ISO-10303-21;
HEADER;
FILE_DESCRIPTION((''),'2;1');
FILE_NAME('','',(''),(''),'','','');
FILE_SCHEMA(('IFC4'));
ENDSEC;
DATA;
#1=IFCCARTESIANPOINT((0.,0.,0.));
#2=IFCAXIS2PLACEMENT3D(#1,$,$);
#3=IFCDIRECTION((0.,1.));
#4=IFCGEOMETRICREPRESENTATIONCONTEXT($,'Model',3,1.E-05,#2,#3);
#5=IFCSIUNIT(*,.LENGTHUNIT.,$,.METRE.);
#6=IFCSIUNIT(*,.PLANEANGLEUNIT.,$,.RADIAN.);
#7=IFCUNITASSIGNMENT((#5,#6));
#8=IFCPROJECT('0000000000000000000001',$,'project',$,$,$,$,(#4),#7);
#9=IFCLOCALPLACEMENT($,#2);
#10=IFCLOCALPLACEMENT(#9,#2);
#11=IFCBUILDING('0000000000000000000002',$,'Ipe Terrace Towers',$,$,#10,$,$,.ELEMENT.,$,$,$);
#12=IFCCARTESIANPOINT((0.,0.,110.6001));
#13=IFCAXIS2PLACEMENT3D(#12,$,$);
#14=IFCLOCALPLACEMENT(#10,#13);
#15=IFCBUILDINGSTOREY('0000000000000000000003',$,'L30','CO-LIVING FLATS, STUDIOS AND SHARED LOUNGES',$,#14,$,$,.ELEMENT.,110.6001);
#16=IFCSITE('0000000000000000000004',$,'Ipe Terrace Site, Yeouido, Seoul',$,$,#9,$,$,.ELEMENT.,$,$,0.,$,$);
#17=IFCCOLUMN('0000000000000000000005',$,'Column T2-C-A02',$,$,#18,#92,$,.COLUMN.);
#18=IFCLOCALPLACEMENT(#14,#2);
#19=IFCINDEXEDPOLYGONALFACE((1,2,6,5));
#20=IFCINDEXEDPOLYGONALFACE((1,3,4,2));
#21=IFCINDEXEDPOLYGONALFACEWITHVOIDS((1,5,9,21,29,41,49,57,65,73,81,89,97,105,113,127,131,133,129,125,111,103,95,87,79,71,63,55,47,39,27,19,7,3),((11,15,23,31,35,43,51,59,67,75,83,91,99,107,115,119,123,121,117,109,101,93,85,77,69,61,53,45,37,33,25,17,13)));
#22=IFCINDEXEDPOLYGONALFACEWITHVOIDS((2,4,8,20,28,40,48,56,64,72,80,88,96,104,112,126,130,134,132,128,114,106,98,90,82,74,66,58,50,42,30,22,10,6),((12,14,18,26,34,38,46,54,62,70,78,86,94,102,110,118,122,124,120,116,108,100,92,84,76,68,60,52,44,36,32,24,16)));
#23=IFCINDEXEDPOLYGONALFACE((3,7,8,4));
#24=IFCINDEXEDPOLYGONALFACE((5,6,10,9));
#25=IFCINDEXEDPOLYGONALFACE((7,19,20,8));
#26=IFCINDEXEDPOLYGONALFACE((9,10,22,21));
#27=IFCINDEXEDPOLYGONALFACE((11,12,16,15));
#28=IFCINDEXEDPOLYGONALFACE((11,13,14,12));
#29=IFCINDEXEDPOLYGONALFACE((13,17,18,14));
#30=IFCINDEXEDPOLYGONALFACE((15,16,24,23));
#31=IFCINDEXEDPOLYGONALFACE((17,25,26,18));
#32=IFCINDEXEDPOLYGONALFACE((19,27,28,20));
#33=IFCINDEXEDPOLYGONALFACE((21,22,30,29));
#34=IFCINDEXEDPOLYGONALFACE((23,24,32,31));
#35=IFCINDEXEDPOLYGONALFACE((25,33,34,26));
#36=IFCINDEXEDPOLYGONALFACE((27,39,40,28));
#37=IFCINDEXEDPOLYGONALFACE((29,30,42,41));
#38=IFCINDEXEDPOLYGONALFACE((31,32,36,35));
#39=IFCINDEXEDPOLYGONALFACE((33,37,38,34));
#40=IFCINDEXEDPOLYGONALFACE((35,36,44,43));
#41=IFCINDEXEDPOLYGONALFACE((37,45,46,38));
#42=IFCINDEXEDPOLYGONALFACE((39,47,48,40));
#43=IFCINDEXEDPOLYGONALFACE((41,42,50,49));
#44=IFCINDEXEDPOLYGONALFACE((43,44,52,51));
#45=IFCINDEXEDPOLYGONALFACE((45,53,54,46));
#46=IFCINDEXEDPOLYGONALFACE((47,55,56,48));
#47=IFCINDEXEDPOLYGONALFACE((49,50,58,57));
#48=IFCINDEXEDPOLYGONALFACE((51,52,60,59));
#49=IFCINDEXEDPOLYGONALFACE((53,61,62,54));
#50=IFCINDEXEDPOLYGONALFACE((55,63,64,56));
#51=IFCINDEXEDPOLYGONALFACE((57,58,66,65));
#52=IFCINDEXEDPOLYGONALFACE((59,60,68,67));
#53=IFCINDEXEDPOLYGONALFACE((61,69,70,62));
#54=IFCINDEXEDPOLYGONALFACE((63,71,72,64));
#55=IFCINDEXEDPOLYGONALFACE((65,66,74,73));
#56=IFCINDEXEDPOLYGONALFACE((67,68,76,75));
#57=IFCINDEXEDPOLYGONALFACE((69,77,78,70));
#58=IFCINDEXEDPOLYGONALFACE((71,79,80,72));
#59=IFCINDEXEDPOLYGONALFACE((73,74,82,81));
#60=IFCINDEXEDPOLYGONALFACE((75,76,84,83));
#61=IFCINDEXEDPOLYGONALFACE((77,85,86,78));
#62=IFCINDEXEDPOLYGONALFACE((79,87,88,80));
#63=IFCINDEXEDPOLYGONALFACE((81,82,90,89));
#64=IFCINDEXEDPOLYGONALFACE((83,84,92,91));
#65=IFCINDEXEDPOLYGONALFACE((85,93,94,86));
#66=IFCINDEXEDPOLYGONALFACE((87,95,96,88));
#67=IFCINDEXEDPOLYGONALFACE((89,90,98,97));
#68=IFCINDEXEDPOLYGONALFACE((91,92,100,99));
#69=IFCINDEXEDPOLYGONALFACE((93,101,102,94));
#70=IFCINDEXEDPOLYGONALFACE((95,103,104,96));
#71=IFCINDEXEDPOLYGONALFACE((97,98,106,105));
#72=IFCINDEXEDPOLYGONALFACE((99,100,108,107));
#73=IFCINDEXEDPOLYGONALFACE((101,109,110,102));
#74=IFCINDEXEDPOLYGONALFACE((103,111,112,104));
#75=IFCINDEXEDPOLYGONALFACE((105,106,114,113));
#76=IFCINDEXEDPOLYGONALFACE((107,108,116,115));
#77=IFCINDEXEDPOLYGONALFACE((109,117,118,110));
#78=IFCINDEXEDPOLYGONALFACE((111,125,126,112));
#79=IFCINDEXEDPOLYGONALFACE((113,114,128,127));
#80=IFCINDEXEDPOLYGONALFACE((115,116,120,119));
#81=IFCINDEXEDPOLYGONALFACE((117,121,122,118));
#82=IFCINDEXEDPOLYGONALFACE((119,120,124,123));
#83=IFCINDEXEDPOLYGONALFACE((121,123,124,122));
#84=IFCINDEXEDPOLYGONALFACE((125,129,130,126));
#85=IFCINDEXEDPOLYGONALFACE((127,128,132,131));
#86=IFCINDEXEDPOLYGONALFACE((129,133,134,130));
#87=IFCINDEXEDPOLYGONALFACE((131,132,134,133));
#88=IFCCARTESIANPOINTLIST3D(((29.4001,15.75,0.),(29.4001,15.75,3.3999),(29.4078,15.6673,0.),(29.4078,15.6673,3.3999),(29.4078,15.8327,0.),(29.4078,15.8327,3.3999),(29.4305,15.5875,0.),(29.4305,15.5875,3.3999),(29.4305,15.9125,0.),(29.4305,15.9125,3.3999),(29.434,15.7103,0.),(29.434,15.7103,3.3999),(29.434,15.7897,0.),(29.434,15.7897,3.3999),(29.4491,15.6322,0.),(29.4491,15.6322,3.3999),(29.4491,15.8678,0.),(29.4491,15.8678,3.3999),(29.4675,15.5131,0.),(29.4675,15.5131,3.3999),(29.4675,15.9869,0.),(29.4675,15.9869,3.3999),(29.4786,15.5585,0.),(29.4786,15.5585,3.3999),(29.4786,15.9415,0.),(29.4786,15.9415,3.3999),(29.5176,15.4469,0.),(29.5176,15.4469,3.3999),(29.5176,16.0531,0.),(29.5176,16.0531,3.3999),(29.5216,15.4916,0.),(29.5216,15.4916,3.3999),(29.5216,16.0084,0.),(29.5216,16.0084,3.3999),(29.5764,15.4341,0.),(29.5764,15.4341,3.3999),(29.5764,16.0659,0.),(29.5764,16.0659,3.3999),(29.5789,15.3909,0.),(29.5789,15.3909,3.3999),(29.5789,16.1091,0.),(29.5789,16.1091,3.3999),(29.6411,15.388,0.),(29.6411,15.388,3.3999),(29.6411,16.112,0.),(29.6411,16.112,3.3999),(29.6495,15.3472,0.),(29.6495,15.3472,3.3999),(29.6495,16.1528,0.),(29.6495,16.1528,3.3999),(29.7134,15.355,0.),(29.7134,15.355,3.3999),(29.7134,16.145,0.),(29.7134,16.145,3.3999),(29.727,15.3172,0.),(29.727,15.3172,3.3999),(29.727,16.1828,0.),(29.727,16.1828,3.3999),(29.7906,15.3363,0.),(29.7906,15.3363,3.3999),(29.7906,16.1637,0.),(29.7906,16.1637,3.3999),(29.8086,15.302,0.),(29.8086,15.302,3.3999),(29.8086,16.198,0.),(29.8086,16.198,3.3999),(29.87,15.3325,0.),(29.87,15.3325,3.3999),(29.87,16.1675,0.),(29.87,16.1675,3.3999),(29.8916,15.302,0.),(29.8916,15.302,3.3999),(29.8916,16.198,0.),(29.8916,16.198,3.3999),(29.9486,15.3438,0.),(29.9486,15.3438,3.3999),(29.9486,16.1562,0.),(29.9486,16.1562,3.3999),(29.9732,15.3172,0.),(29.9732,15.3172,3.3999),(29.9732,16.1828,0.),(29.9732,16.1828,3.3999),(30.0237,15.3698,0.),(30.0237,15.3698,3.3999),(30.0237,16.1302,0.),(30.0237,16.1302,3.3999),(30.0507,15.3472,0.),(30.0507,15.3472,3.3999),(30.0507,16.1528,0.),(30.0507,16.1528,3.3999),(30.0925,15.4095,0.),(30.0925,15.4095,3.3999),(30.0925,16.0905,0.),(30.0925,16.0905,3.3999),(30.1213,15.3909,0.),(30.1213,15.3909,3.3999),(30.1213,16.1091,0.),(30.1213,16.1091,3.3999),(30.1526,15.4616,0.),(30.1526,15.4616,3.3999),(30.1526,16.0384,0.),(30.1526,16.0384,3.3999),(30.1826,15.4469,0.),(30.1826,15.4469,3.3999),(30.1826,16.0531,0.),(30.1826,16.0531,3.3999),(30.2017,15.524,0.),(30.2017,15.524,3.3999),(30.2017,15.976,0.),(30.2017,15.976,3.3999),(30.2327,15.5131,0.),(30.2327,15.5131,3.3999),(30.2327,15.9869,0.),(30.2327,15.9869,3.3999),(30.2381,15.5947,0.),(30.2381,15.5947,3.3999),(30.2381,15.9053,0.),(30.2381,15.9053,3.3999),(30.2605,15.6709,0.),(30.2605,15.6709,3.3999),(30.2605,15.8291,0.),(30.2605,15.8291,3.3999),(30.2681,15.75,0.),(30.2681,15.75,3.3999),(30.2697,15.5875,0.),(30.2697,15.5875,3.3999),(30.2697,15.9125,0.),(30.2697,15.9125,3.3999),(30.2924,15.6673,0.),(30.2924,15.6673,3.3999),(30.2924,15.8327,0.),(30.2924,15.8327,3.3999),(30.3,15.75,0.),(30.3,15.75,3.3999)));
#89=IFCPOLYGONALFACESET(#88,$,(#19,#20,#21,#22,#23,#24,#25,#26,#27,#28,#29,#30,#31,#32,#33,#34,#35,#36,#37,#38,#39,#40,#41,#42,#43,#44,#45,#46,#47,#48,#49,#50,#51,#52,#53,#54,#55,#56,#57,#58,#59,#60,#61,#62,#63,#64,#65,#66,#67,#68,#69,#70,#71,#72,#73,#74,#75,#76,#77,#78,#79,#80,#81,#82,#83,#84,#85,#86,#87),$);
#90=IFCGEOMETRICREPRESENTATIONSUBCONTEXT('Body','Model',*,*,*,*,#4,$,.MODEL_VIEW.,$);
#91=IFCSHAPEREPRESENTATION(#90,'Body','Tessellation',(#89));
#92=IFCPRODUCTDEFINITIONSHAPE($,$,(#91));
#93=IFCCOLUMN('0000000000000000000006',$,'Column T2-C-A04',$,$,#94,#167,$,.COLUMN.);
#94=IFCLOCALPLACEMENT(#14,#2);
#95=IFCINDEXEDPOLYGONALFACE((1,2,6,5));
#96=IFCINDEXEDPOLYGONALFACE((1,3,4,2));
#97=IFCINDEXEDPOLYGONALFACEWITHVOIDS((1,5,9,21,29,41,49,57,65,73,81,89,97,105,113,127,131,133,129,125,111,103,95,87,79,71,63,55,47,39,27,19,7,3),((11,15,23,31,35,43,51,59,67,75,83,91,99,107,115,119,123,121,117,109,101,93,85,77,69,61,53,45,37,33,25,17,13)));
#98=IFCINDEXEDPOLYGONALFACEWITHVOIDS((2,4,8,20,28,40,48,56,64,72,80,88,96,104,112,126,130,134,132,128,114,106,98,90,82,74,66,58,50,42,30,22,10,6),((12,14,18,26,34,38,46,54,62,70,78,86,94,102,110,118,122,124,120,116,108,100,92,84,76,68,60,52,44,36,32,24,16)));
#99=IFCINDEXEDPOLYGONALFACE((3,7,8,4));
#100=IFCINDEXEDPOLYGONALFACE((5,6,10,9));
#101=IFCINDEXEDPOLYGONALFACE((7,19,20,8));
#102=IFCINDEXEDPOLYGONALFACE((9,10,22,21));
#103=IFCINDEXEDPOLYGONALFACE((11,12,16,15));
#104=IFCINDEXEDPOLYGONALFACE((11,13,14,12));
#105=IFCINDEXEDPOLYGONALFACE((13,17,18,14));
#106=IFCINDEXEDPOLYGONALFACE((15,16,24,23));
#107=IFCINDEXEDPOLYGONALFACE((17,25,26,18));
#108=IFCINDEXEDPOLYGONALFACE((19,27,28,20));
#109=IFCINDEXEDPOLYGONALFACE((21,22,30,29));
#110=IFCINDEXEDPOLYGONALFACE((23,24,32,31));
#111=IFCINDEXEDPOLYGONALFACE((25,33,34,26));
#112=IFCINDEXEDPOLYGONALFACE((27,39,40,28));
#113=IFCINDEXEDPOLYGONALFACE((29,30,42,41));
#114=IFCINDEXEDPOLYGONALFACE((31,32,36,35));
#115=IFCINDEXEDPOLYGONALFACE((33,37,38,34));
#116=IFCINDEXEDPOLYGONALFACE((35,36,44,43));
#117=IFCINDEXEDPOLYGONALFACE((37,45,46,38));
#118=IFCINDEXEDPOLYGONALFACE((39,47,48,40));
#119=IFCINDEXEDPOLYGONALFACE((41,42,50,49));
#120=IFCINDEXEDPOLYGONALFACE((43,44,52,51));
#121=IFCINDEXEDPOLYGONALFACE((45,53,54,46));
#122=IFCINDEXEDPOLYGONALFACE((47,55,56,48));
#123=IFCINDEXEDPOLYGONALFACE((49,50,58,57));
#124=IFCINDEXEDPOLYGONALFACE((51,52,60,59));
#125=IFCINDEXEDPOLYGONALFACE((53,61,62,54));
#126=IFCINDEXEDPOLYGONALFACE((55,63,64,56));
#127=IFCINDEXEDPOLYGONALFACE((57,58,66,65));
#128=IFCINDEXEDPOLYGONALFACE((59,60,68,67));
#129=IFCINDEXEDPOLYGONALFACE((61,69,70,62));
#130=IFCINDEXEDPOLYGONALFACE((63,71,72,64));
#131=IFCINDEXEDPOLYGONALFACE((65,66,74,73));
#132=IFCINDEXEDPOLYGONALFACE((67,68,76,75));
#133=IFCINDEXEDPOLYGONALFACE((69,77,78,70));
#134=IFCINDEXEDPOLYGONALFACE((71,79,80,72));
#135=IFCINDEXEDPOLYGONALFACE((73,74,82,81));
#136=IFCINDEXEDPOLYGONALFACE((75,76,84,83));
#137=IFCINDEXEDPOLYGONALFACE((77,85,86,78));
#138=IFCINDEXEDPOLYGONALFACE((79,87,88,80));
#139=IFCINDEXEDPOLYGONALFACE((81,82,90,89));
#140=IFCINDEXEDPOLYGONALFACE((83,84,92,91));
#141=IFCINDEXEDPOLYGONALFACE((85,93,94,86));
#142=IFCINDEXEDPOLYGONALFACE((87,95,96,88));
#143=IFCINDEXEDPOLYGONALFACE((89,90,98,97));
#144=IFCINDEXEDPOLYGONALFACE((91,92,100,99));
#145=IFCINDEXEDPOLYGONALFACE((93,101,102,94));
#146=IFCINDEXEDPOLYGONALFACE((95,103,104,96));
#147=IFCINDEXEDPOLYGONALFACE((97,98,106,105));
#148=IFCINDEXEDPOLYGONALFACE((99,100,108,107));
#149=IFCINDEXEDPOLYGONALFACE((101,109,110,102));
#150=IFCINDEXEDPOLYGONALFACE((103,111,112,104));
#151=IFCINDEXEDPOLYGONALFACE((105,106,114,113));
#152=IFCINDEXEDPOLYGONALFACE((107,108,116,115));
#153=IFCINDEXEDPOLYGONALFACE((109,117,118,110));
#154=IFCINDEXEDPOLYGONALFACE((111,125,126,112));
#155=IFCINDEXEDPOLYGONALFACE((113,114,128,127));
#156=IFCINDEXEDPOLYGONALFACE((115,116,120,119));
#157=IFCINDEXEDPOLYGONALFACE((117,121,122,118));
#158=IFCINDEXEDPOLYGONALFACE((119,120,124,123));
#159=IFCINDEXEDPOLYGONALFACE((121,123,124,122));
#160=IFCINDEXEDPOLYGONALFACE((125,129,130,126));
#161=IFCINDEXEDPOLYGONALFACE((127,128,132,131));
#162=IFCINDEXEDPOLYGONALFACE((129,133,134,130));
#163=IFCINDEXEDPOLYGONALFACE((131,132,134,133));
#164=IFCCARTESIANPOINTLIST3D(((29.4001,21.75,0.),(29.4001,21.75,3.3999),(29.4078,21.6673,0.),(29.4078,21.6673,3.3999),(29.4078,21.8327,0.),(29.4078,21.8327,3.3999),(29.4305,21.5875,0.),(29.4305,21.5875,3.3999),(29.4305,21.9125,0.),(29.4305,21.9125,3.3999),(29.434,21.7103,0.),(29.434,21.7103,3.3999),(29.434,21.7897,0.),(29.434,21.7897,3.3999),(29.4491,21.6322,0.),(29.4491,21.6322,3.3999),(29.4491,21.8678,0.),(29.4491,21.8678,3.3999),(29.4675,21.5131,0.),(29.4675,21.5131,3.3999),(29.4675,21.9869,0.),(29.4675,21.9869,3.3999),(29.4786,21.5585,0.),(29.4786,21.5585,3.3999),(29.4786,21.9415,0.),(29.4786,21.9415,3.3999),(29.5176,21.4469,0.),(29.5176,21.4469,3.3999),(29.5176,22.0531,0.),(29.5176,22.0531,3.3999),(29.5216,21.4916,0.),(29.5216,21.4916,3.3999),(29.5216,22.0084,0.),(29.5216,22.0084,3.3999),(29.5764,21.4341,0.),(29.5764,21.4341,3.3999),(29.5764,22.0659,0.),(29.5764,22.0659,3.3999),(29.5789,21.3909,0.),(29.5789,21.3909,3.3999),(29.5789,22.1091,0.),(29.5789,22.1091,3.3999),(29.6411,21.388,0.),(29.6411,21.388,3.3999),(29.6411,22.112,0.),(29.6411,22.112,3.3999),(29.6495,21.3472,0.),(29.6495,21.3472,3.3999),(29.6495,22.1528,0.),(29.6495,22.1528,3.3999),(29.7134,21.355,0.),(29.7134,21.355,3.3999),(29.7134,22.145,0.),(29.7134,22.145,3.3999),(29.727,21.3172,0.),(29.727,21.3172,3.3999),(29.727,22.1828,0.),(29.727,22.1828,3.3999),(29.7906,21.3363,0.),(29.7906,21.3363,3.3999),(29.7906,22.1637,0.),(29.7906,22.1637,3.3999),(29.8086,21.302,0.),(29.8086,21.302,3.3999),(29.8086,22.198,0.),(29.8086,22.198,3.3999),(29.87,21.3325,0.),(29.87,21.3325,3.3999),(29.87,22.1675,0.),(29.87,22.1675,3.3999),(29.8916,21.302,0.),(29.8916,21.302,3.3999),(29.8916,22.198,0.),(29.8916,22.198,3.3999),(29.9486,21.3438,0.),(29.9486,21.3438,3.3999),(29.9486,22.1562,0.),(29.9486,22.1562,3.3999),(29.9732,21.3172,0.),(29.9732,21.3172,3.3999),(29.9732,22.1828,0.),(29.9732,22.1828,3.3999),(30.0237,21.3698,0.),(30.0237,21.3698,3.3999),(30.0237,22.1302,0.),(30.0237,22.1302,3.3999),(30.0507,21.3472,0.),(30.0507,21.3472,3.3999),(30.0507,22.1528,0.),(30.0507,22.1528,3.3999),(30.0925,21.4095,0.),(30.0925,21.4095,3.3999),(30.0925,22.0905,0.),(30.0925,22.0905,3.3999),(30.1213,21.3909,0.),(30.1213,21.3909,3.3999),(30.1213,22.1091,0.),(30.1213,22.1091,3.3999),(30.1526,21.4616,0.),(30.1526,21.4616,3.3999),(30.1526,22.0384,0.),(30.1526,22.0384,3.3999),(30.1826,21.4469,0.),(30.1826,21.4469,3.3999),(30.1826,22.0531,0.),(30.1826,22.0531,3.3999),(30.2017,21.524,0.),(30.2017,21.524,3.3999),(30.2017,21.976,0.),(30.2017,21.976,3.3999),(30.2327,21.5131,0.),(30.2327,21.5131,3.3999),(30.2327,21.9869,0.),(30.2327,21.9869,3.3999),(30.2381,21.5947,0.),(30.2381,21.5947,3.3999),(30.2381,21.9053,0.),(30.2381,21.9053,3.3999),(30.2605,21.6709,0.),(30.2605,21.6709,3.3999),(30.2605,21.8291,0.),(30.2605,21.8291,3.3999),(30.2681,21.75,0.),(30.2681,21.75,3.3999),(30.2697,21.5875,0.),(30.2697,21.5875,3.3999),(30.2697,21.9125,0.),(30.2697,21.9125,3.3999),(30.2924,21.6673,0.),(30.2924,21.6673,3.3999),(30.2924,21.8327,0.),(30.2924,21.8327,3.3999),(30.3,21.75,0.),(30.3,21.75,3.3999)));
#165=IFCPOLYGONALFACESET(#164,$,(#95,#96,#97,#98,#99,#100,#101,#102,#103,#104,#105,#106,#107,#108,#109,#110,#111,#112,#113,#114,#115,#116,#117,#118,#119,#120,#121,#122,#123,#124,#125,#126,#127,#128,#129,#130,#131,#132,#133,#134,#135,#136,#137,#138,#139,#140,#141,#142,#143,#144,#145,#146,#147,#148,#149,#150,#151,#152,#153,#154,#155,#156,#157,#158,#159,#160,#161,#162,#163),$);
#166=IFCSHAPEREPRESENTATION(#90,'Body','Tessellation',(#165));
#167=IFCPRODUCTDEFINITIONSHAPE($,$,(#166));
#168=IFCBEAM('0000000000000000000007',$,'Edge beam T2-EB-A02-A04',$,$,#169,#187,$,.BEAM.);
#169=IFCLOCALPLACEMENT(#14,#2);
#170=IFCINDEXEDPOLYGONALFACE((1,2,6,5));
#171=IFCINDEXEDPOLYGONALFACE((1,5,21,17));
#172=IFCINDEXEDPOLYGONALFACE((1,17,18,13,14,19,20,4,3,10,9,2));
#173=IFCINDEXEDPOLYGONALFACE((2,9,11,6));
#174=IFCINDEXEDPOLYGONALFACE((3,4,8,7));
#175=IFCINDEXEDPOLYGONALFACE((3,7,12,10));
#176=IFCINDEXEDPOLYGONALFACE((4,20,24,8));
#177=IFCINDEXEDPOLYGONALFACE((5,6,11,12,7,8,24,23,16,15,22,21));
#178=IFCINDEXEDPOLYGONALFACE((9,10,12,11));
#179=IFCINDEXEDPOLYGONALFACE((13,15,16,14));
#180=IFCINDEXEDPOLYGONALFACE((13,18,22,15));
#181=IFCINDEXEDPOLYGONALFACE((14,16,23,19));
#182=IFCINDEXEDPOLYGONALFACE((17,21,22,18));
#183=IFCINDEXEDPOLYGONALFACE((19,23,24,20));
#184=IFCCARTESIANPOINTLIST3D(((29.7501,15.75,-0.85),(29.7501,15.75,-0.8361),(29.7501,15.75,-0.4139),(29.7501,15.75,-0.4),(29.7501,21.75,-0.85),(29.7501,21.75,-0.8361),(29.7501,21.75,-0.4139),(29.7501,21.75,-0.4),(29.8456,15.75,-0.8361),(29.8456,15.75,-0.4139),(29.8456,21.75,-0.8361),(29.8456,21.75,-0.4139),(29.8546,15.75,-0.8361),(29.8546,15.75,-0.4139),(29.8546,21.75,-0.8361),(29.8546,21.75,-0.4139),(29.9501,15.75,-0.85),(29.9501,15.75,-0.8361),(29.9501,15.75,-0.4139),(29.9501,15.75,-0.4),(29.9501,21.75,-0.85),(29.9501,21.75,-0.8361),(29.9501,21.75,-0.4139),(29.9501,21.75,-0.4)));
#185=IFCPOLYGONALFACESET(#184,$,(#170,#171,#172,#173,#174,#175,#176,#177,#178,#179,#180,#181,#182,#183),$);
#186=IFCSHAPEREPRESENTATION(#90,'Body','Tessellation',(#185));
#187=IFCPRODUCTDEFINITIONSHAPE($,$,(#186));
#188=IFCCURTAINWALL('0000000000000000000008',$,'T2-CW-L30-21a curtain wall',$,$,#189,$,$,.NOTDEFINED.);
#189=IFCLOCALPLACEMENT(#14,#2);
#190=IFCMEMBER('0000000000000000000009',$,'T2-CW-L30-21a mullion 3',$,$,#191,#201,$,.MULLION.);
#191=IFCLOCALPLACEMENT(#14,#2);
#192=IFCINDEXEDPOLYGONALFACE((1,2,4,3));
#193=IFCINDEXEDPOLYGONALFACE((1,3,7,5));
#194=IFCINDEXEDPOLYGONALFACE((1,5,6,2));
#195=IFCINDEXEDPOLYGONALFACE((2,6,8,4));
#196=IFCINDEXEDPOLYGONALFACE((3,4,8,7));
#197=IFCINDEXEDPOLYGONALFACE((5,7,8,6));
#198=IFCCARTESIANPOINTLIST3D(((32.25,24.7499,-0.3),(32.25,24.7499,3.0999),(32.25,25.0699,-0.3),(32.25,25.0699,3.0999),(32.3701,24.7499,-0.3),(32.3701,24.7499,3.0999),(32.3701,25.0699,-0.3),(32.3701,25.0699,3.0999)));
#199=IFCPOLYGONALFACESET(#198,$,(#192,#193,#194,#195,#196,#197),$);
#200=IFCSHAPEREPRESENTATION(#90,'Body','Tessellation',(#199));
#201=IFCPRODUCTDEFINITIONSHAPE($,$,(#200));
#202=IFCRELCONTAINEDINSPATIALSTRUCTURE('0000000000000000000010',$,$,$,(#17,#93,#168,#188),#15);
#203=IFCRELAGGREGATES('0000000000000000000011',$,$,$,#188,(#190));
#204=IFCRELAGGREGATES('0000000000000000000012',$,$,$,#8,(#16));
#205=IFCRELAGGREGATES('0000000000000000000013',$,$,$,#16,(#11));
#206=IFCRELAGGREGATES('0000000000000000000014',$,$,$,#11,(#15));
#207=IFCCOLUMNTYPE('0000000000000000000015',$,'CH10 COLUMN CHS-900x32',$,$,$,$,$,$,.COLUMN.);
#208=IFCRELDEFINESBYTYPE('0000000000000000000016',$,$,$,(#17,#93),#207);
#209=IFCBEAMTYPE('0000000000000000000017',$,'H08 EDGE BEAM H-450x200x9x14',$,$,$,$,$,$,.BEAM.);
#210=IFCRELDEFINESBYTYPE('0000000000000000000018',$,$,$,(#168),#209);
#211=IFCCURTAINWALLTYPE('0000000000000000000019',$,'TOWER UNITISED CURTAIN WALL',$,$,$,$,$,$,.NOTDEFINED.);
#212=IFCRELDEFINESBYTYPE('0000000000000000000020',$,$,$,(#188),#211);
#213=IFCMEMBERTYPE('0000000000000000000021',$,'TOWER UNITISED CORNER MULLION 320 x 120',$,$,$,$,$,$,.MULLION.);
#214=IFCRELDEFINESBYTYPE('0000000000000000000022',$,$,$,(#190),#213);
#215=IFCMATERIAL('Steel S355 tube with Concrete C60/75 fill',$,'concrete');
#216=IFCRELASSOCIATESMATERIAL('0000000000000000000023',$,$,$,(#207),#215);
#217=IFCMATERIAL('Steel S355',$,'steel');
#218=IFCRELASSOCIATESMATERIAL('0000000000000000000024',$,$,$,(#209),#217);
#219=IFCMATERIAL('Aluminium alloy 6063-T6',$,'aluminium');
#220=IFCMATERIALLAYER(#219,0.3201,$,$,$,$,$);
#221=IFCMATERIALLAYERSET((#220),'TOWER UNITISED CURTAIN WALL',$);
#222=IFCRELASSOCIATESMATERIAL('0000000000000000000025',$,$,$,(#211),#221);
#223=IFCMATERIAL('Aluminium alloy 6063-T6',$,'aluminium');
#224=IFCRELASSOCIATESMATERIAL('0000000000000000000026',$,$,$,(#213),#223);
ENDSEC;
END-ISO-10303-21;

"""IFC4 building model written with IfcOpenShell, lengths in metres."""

from ifc_helpers import new_model, si_unit, direction, frame, origin, origin_2d, place, context, subcontext, project, spatial, rectangle, hollow_circle, i_section, extrude, material, layer, layer_set, material_profile, profile_set, type_object, element, aggregate, save


model = new_model("IFC4")

# Units and contexts
model_context = context("Model", 3, precision=1e-05, world=origin(), true_north=direction((0.0, 1.0)))
body_context = subcontext(model_context, "Body", "Model", "MODEL_VIEW")
ifc_project = project(units=[si_unit("LENGTHUNIT", "METRE"), si_unit("PLANEANGLEUNIT", "RADIAN")], contexts=[model_context])

# Site, building, storey
site_placement = place(None, origin())
site = spatial("IfcSite", under=ifc_project, at=site_placement, Name="Ipe Terrace Site, Yeouido, Seoul", CompositionType="ELEMENT", RefElevation=0.0)
building_placement = place(site_placement, origin())
building = spatial("IfcBuilding", under=site, at=building_placement, Name="Ipe Terrace Towers", CompositionType="ELEMENT")
storey_placement = place(building_placement, frame((0.0, 0.0, 110.6001)))
storey = spatial("IfcBuildingStorey", under=building, at=storey_placement, Name="L30", Description="CO-LIVING FLATS, STUDIOS AND SHARED LOUNGES", CompositionType="ELEMENT", Elevation=110.6001)

# Columns
ifc_material_1 = material(Name="Steel S355 tube with Concrete C60/75 fill", Category="concrete")
ifc_material_profile_1 = material_profile(ifc_material_1, hollow_circle(Radius=0.45, WallThickness=0.032, at=origin_2d()), Name="CHS-900x32")
ifc_profile_set_1 = profile_set([ifc_material_profile_1], Name="Steel S355 tube with Concrete C60/75 fill")
column_type = type_object("IfcColumnType", Name="CH10 COLUMN CHS-900x32", PredefinedType="COLUMN", material=ifc_profile_set_1)
for number, where, z_axis, x_axis, name in (
    (1, (29.8501, 15.75, 0.0), (0.0, 0.0, 1.0), (1.0, 0.0, 0.0), "Column T2-C-A02"),
    (2, (29.8501, 21.75, 0.0), (0.0, 0.0, 1.0), (1.0, 0.0, 0.0), "Column T2-C-A04"),
):
    element("IfcColumn", number, at=place(storey_placement, frame(where, z_axis=z_axis, x_axis=x_axis)), inside=storey, type_object=column_type, Name=name, PredefinedType="COLUMN", context=body_context, shape_type="SweptSolid", body=[
        extrude(hollow_circle(Radius=0.45, WallThickness=0.032, at=origin_2d()), origin(), (0.0, 0.0, 1.0), 3.3999),
    ])

# Beam
ifc_material_2 = material(Name="Steel S355", Category="steel")
ifc_material_profile_2 = material_profile(ifc_material_2, i_section(OverallWidth=0.2, OverallDepth=0.45, WebThickness=0.009, FlangeThickness=0.0139, at=origin_2d()), Name="H-450x200x9x14")
ifc_profile_set_2 = profile_set([ifc_material_profile_2], Name="Steel S355")
beam_type = type_object("IfcBeamType", Name="H08 EDGE BEAM H-450x200x9x14", PredefinedType="BEAM", material=ifc_profile_set_2)
beam_placement = place(storey_placement, frame((29.8501, 15.75, -0.625), z_axis=(0.0, 1.0, 0.0), x_axis=(-1.0, 0.0, 0.0)))
element("IfcBeam", 3, at=beam_placement, inside=storey, type_object=beam_type, Name="Edge beam T2-EB-A02-A04", PredefinedType="BEAM", context=body_context, shape_type="SweptSolid", body=[
    extrude(i_section(OverallWidth=0.2, OverallDepth=0.45, WebThickness=0.009, FlangeThickness=0.0139, at=origin_2d()), origin(), (0.0, 0.0, 1.0), 6.0),
])

# Curtain wall, member
ifc_material_3 = material(Name="Aluminium alloy 6063-T6", Category="aluminium")
ifc_layer_1 = layer(ifc_material_3, 0.3201)
ifc_layer_set_1 = layer_set([ifc_layer_1], Name="TOWER UNITISED CURTAIN WALL")
curtain_wall_type = type_object("IfcCurtainWallType", Name="TOWER UNITISED CURTAIN WALL", PredefinedType="NOTDEFINED", material=ifc_layer_set_1)
curtain_wall_1_placement = place(storey_placement, origin())
curtain_wall_1 = element("IfcCurtainWall", 4, at=curtain_wall_1_placement, inside=storey, type_object=curtain_wall_type, Name="T2-CW-L30-21a curtain wall", PredefinedType="NOTDEFINED")
ifc_material_4 = material(Name="Aluminium alloy 6063-T6", Category="aluminium")
ifc_material_profile_3 = material_profile(ifc_material_4, rectangle(XDim=0.3201, YDim=0.1201, at=origin_2d()), Name="TOWER UNITISED CORNER MULLION 320 x 120")
ifc_profile_set_3 = profile_set([ifc_material_profile_3], Name="Aluminium alloy 6063-T6")
member_type = type_object("IfcMemberType", Name="TOWER UNITISED CORNER MULLION 320 x 120", PredefinedType="MULLION", material=ifc_profile_set_3)
member_1_placement = place(storey_placement, frame((32.3101, 24.9099, -0.3), z_axis=(0.0, 0.0, 1.0), x_axis=(0.0, 1.0, 0.0)))
member_1 = element("IfcMember", 5, at=member_1_placement, type_object=member_type, Name="T2-CW-L30-21a mullion 3", PredefinedType="MULLION", context=body_context, shape_type="SweptSolid", body=[
    extrude(rectangle(XDim=0.3201, YDim=0.1201, at=origin_2d()), origin(), (0.0, 0.0, 1.0), 3.3999),
])

aggregate(curtain_wall_1, [member_1])

save(model, "model.ifc")
